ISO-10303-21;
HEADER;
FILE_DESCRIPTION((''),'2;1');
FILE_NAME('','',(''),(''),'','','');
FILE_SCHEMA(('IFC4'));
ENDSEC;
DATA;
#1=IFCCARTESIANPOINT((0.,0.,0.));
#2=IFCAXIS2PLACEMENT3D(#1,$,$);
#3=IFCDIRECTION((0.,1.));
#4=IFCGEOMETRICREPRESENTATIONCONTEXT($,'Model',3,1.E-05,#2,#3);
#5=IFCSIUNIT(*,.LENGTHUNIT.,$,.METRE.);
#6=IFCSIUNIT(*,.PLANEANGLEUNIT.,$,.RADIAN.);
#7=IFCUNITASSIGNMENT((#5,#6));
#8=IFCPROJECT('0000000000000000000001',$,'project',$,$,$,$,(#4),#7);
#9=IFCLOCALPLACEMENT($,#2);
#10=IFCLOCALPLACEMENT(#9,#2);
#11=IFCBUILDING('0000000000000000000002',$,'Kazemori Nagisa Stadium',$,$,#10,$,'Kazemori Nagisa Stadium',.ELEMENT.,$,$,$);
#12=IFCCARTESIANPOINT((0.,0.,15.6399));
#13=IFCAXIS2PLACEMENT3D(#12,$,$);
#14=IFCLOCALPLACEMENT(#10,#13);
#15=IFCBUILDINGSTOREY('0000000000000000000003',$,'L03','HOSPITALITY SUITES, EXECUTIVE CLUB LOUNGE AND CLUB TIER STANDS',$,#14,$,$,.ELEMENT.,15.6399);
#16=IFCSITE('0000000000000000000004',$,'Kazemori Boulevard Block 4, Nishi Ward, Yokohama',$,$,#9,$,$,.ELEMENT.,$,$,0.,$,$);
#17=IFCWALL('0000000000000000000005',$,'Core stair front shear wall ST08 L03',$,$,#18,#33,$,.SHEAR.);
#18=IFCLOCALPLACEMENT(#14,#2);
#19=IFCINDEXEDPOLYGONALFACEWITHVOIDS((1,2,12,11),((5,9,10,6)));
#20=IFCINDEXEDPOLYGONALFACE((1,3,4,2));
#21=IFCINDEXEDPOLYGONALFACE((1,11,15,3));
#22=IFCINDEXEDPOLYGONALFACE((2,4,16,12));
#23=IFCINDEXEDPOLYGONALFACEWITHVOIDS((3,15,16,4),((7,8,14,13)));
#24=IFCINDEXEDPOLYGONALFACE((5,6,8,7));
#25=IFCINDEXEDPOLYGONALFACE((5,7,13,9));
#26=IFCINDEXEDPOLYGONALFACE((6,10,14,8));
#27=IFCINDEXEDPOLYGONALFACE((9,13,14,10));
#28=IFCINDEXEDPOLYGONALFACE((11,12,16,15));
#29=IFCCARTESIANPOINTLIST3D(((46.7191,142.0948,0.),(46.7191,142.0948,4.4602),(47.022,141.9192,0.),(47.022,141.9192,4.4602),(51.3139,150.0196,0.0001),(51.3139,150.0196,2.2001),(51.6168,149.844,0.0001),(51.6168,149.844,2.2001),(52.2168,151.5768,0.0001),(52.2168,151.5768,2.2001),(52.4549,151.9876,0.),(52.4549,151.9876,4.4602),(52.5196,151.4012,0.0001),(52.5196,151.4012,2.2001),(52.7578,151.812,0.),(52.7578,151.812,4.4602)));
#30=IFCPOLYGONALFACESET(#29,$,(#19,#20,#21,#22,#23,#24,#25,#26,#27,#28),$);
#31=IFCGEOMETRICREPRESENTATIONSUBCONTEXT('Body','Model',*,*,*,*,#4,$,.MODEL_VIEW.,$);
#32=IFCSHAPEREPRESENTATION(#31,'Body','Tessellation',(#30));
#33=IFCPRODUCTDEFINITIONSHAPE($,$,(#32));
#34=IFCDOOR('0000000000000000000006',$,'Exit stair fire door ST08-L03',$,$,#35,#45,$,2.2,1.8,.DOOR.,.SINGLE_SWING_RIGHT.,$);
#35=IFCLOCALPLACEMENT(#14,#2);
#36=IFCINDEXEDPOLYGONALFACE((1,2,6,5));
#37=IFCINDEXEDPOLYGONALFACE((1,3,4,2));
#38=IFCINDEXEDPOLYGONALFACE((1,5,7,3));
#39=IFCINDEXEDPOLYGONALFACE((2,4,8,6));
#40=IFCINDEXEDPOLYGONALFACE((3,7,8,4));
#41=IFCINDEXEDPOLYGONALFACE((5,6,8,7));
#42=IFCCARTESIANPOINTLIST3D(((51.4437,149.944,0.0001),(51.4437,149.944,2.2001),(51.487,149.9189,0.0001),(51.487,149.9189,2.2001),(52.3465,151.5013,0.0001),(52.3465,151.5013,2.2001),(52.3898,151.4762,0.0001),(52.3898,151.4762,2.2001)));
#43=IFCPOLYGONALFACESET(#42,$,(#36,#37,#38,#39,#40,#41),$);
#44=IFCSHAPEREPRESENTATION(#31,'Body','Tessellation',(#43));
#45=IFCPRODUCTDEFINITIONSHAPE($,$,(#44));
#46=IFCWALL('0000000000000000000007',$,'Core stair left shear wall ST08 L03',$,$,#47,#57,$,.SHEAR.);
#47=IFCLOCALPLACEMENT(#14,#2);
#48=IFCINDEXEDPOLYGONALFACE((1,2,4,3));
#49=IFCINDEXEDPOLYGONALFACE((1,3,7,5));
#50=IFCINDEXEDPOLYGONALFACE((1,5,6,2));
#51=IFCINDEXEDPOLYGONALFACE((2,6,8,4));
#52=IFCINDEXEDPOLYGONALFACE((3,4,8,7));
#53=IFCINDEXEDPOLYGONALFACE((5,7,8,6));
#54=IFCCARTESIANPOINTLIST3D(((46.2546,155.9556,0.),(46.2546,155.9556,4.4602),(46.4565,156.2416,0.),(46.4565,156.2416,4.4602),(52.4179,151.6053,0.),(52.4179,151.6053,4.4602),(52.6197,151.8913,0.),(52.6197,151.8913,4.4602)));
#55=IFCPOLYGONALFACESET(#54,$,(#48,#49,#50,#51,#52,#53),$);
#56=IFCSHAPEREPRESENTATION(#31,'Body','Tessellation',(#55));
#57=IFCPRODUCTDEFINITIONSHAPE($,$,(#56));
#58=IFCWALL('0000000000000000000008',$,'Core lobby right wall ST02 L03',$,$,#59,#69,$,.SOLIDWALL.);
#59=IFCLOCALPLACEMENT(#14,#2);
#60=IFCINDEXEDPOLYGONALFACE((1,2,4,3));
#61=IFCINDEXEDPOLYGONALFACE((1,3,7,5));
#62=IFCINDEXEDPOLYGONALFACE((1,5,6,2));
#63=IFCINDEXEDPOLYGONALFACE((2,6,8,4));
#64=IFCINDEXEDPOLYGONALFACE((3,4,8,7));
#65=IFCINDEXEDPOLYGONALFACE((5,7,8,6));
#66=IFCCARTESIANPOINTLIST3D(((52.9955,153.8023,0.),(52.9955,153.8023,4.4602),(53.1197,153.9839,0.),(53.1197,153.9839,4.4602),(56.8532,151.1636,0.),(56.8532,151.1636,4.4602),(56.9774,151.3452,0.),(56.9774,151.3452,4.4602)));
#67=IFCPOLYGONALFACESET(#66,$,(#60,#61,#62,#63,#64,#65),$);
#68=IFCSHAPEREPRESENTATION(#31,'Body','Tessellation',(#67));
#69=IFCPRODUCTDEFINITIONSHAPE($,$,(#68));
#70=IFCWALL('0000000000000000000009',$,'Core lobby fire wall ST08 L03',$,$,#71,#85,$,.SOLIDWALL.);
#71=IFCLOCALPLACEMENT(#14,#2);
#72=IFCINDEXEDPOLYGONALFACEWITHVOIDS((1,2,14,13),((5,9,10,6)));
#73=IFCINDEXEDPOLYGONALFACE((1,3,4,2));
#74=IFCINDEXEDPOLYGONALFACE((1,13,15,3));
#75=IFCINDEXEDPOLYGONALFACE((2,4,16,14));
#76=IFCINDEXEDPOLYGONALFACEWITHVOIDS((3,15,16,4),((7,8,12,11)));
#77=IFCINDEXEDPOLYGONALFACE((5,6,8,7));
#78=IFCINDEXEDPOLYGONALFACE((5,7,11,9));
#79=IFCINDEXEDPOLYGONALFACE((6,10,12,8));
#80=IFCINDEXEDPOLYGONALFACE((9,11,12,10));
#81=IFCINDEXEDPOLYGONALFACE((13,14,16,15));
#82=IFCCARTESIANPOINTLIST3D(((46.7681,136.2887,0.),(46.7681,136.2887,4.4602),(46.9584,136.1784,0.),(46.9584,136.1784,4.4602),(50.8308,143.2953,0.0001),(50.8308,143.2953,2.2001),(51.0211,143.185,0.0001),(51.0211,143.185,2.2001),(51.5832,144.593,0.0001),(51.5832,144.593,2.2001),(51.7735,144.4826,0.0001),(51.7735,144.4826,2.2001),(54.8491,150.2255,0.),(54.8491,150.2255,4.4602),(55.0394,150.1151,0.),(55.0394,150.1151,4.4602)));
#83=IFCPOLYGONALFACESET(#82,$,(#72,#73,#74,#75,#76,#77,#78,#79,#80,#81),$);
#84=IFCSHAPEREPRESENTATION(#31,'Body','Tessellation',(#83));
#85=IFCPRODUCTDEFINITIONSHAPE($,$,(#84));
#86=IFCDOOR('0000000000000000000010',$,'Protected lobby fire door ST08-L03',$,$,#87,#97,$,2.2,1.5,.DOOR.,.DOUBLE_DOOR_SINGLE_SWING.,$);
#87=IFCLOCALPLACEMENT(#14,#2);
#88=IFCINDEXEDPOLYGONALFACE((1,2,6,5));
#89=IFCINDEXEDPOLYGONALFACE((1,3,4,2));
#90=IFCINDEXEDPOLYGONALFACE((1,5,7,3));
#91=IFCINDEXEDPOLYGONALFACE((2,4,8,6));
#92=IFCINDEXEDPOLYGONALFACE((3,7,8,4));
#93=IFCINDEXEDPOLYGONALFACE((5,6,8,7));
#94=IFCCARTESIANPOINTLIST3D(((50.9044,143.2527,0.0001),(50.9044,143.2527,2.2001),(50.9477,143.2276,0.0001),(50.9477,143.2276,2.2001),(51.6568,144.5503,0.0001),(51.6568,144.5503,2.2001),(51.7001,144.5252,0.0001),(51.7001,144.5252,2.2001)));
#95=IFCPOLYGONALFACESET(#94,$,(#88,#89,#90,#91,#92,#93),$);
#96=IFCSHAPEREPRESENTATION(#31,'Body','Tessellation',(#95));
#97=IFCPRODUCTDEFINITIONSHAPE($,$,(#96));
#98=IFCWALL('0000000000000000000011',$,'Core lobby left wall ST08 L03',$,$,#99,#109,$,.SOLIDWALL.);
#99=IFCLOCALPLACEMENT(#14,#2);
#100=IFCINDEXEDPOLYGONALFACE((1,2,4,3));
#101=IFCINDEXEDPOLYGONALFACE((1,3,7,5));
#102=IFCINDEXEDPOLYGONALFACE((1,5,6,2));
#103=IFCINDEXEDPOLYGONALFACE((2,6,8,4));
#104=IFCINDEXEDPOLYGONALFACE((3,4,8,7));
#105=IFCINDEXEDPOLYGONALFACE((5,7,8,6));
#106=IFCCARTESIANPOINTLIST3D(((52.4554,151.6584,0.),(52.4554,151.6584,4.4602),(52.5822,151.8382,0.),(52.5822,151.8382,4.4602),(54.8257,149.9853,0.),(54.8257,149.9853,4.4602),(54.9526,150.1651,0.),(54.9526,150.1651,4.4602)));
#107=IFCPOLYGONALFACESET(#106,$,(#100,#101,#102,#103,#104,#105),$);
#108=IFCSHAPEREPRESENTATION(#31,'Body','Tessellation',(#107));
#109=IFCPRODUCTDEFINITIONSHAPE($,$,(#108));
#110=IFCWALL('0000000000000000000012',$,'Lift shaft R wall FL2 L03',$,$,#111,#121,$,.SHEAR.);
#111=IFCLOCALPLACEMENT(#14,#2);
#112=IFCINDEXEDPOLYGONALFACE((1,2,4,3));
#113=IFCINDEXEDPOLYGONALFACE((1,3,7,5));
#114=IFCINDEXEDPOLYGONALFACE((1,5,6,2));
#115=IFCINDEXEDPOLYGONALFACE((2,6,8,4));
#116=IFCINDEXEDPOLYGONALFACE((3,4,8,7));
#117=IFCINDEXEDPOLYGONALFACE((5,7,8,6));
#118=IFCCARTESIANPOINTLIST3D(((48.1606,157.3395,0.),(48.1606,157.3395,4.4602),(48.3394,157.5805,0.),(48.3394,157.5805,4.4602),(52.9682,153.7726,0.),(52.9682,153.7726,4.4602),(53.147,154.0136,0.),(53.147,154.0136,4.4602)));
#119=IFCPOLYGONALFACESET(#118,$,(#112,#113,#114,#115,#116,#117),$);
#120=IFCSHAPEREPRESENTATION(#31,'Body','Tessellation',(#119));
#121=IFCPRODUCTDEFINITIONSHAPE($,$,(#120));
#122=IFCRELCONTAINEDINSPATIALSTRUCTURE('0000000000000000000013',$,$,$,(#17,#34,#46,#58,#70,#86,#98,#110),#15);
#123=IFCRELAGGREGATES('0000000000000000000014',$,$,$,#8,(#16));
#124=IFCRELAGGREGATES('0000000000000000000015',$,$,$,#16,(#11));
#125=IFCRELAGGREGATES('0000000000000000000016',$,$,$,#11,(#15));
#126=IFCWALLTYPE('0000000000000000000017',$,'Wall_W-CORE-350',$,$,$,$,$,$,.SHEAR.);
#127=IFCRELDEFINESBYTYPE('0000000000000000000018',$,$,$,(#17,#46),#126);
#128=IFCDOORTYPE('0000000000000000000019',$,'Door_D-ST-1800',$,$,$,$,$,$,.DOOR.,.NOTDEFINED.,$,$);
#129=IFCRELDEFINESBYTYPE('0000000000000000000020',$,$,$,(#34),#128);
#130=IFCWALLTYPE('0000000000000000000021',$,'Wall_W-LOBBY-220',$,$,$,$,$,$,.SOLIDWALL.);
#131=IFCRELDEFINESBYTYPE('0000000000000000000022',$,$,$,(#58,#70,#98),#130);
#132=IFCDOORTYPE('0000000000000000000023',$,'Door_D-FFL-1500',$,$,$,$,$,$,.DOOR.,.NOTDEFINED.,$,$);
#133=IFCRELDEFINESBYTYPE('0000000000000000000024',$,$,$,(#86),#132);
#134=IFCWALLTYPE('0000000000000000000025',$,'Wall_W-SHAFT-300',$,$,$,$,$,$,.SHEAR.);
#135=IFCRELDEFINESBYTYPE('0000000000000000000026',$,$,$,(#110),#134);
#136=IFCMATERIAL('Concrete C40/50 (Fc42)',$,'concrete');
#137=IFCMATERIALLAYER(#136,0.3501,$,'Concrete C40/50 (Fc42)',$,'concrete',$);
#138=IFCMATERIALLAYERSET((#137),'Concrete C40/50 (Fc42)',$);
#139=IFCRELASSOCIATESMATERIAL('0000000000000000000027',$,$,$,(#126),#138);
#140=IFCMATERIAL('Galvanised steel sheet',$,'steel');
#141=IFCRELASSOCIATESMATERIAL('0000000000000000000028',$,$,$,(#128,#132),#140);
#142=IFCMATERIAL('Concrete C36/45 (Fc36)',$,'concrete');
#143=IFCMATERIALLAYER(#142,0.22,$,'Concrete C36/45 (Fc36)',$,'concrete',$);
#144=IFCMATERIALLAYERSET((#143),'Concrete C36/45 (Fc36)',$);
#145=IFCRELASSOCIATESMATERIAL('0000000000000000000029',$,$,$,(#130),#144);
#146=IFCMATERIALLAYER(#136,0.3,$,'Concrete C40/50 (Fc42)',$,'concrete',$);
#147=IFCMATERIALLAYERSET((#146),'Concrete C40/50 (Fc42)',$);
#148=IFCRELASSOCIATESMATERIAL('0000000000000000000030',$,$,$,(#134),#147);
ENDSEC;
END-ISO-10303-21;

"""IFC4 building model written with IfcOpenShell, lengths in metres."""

from ifc_helpers import new_model, si_unit, direction, frame, frame_2d, origin, place, context, subcontext, project, spatial, rectangle, extrude, material, layer, layer_set, type_object, element, fill, save


model = new_model("IFC4")

# Units and contexts
model_context = context("Model", 3, precision=1e-05, world=origin(), true_north=direction((0.0, 1.0)))
body_context = subcontext(model_context, "Body", "Model", "MODEL_VIEW")
ifc_project = project(units=[si_unit("LENGTHUNIT", "METRE"), si_unit("PLANEANGLEUNIT", "RADIAN")], contexts=[model_context])

# Site, building, storey
site_placement = place(None, origin())
site = spatial("IfcSite", under=ifc_project, at=site_placement, Name="Kazemori Boulevard Block 4, Nishi Ward, Yokohama", CompositionType="ELEMENT", RefElevation=0.0)
building_placement = place(site_placement, origin())
building = spatial("IfcBuilding", under=site, at=building_placement, Name="Kazemori Nagisa Stadium", LongName="Kazemori Nagisa Stadium", CompositionType="ELEMENT")
storey_placement = place(building_placement, frame((0.0, 0.0, 15.6399)))
storey = spatial("IfcBuildingStorey", under=building, at=storey_placement, Name="L03", Description="HOSPITALITY SUITES, EXECUTIVE CLUB LOUNGE AND CLUB TIER STANDS", CompositionType="ELEMENT", Elevation=15.6399)

# Shared definitions
ifc_material_1 = material(Name="Concrete C40/50 (Fc42)", Category="concrete")

# Wall, opening, door
ifc_layer_1 = layer(ifc_material_1, 0.3501, Name="Concrete C40/50 (Fc42)", Category="concrete")
ifc_layer_set_1 = layer_set([ifc_layer_1], Name="Concrete C40/50 (Fc42)")
wall_type_1 = type_object("IfcWallType", Name="Wall_W-CORE-350", PredefinedType="SHEAR", material=ifc_layer_set_1)
wall_1_placement = place(storey_placement, frame((52.6064, 151.8999, 0.0), z_axis=(0.0, 0.0, 1.0), x_axis=(-0.501587, -0.865107, 0.0)))
wall_1 = element("IfcWall", 1, at=wall_1_placement, inside=storey, type_object=wall_type_1, Name="Core stair front shear wall ST08 L03", PredefinedType="SHEAR", context=body_context, shape_type="SweptSolid", body=[
    extrude(rectangle(XDim=11.4353, YDim=0.3501, at=frame_2d((5.7178, 0.0))), origin(), (0.0, 0.0, 1.0), 4.4602),
])
opening_1_placement = place(wall_1_placement, frame((0.4751, 0.0, 0.0)))
opening_1 = element("IfcOpeningElement", 2, at=opening_1_placement, cuts=wall_1, PredefinedType="OPENING", context=body_context, shape_type="SweptSolid", body=[
    extrude(rectangle(XDim=1.8, YDim=2.2, at=frame_2d((0.8999, 1.1001))), frame((0.0, 0.1851, 0.0), z_axis=(0.0, -1.0, 0.0), x_axis=(1.0, 0.0, 0.0)), (0.0, 0.0, 1.0), 0.3701),
])
ifc_material_2 = material(Name="Galvanised steel sheet", Category="steel")
door_type_1 = type_object("IfcDoorType", Name="Door_D-ST-1800", OperationType="NOTDEFINED", PredefinedType="DOOR", material=ifc_material_2)
door_1_placement = place(opening_1_placement, frame((1.8, 0.0, 0.0), z_axis=(0.0, 0.0, 1.0), x_axis=(-1.0, 0.0, 0.0)))
door_1 = element("IfcDoor", 3, at=door_1_placement, inside=storey, type_object=door_type_1, Name="Exit stair fire door ST08-L03", OperationType="SINGLE_SWING_RIGHT", OverallHeight=2.2, OverallWidth=1.8, PredefinedType="DOOR", context=body_context, shape_type="SweptSolid", body=[
    extrude(rectangle(XDim=1.8, YDim=2.2, at=frame_2d((0.8999, 1.1001))), frame((0.0, 0.0249, 0.0), z_axis=(0.0, -1.0, 0.0), x_axis=(1.0, 0.0, 0.0)), (0.0, 0.0, 1.0), 0.05),
])
fill(opening_1, door_1)

# Walls
wall_2_placement = place(storey_placement, frame((52.5188, 151.7483, 0.0), z_axis=(0.0, 0.0, 1.0), x_axis=(-0.816983, 0.576662, 0.0)))
element("IfcWall", 4, at=wall_2_placement, inside=storey, type_object=wall_type_1, Name="Core stair left shear wall ST08 L03", PredefinedType="SHEAR", context=body_context, shape_type="SweptSolid", body=[
    extrude(rectangle(XDim=7.5439, YDim=0.3501, at=frame_2d((3.772, 0.0))), origin(), (0.0, 0.0, 1.0), 4.4602),
])
ifc_material_3 = material(Name="Concrete C36/45 (Fc36)", Category="concrete")
ifc_layer_2 = layer(ifc_material_3, 0.22, Name="Concrete C36/45 (Fc36)", Category="concrete")
ifc_layer_set_2 = layer_set([ifc_layer_2], Name="Concrete C36/45 (Fc36)")
wall_type_2 = type_object("IfcWallType", Name="Wall_W-LOBBY-220", PredefinedType="SOLIDWALL", material=ifc_layer_set_2)
wall_3_placement = place(storey_placement, frame((56.9153, 151.2544, 0.0), z_axis=(0.0, 0.0, 1.0), x_axis=(-0.825385, 0.56457, 0.0)))
element("IfcWall", 5, at=wall_3_placement, inside=storey, type_object=wall_type_2, Name="Core lobby right wall ST02 L03", PredefinedType="SOLIDWALL", context=body_context, shape_type="SweptSolid", body=[
    extrude(rectangle(XDim=4.6738, YDim=0.22, at=frame_2d((2.3369, 0.0))), origin(), (0.0, 0.0, 1.0), 4.4602),
])

# Wall, opening, door
wall_4_placement = place(storey_placement, frame((54.9443, 150.1704, 0.0), z_axis=(0.0, 0.0, 1.0), x_axis=(-0.501613, -0.865092, 0.0)))
wall_4 = element("IfcWall", 6, at=wall_4_placement, inside=storey, type_object=wall_type_2, Name="Core lobby fire wall ST08 L03", PredefinedType="SOLIDWALL", context=body_context, shape_type="SweptSolid", body=[
    extrude(rectangle(XDim=16.1101, YDim=0.22, at=frame_2d((8.0552, 0.0))), origin(), (0.0, 0.0, 1.0), 4.4602),
])
opening_2_placement = place(wall_4_placement, frame((6.511, 0.0, 0.0)))
opening_2 = element("IfcOpeningElement", 7, at=opening_2_placement, cuts=wall_4, PredefinedType="OPENING", context=body_context, shape_type="SweptSolid", body=[
    extrude(rectangle(XDim=1.5, YDim=2.2, at=frame_2d((0.75, 1.1001))), frame((0.0, 0.1199, 0.0), z_axis=(0.0, -1.0, 0.0), x_axis=(1.0, 0.0, 0.0)), (0.0, 0.0, 1.0), 0.24),
])
door_type_2 = type_object("IfcDoorType", Name="Door_D-FFL-1500", OperationType="NOTDEFINED", PredefinedType="DOOR", material=ifc_material_2)
door_2_placement = place(opening_2_placement, frame((1.5, 0.0, 0.0), z_axis=(0.0, 0.0, 1.0), x_axis=(-1.0, 0.0, 0.0)))
door_2 = element("IfcDoor", 8, at=door_2_placement, inside=storey, type_object=door_type_2, Name="Protected lobby fire door ST08-L03", OperationType="DOUBLE_DOOR_SINGLE_SWING", OverallHeight=2.2, OverallWidth=1.5, PredefinedType="DOOR", context=body_context, shape_type="SweptSolid", body=[
    extrude(rectangle(XDim=1.5, YDim=2.2, at=frame_2d((0.75, 1.1001))), frame((0.0, 0.0249, 0.0), z_axis=(0.0, -1.0, 0.0), x_axis=(1.0, 0.0, 0.0)), (0.0, 0.0, 1.0), 0.05),
])
fill(opening_2, door_2)

# Walls
wall_5_placement = place(storey_placement, frame((54.8892, 150.0752, 0.0), z_axis=(0.0, 0.0, 1.0), x_axis=(-0.816984, 0.57666, 0.0)))
element("IfcWall", 9, at=wall_5_placement, inside=storey, type_object=wall_type_2, Name="Core lobby left wall ST08 L03", PredefinedType="SOLIDWALL", context=body_context, shape_type="SweptSolid", body=[
    extrude(rectangle(XDim=2.9014, YDim=0.22, at=frame_2d((1.4507, 0.0))), origin(), (0.0, 0.0, 1.0), 4.4602),
])
ifc_layer_3 = layer(ifc_material_1, 0.3, Name="Concrete C40/50 (Fc42)", Category="concrete")
ifc_layer_set_3 = layer_set([ifc_layer_3], Name="Concrete C40/50 (Fc42)")
wall_type_3 = type_object("IfcWallType", Name="Wall_W-SHAFT-300", PredefinedType="SHEAR", material=ifc_layer_set_3)
wall_6_placement = place(storey_placement, frame((53.0576, 153.8931, 0.0), z_axis=(0.0, 0.0, 1.0), x_axis=(-0.803102, 0.595842, 0.0)))
element("IfcWall", 10, at=wall_6_placement, inside=storey, type_object=wall_type_3, Name="Lift shaft R wall FL2 L03", PredefinedType="SHEAR", context=body_context, shape_type="SweptSolid", body=[
    extrude(rectangle(XDim=5.9863, YDim=0.3, at=frame_2d((2.9932, 0.0))), origin(), (0.0, 0.0, 1.0), 4.4602),
])

save(model, "model.ifc")
